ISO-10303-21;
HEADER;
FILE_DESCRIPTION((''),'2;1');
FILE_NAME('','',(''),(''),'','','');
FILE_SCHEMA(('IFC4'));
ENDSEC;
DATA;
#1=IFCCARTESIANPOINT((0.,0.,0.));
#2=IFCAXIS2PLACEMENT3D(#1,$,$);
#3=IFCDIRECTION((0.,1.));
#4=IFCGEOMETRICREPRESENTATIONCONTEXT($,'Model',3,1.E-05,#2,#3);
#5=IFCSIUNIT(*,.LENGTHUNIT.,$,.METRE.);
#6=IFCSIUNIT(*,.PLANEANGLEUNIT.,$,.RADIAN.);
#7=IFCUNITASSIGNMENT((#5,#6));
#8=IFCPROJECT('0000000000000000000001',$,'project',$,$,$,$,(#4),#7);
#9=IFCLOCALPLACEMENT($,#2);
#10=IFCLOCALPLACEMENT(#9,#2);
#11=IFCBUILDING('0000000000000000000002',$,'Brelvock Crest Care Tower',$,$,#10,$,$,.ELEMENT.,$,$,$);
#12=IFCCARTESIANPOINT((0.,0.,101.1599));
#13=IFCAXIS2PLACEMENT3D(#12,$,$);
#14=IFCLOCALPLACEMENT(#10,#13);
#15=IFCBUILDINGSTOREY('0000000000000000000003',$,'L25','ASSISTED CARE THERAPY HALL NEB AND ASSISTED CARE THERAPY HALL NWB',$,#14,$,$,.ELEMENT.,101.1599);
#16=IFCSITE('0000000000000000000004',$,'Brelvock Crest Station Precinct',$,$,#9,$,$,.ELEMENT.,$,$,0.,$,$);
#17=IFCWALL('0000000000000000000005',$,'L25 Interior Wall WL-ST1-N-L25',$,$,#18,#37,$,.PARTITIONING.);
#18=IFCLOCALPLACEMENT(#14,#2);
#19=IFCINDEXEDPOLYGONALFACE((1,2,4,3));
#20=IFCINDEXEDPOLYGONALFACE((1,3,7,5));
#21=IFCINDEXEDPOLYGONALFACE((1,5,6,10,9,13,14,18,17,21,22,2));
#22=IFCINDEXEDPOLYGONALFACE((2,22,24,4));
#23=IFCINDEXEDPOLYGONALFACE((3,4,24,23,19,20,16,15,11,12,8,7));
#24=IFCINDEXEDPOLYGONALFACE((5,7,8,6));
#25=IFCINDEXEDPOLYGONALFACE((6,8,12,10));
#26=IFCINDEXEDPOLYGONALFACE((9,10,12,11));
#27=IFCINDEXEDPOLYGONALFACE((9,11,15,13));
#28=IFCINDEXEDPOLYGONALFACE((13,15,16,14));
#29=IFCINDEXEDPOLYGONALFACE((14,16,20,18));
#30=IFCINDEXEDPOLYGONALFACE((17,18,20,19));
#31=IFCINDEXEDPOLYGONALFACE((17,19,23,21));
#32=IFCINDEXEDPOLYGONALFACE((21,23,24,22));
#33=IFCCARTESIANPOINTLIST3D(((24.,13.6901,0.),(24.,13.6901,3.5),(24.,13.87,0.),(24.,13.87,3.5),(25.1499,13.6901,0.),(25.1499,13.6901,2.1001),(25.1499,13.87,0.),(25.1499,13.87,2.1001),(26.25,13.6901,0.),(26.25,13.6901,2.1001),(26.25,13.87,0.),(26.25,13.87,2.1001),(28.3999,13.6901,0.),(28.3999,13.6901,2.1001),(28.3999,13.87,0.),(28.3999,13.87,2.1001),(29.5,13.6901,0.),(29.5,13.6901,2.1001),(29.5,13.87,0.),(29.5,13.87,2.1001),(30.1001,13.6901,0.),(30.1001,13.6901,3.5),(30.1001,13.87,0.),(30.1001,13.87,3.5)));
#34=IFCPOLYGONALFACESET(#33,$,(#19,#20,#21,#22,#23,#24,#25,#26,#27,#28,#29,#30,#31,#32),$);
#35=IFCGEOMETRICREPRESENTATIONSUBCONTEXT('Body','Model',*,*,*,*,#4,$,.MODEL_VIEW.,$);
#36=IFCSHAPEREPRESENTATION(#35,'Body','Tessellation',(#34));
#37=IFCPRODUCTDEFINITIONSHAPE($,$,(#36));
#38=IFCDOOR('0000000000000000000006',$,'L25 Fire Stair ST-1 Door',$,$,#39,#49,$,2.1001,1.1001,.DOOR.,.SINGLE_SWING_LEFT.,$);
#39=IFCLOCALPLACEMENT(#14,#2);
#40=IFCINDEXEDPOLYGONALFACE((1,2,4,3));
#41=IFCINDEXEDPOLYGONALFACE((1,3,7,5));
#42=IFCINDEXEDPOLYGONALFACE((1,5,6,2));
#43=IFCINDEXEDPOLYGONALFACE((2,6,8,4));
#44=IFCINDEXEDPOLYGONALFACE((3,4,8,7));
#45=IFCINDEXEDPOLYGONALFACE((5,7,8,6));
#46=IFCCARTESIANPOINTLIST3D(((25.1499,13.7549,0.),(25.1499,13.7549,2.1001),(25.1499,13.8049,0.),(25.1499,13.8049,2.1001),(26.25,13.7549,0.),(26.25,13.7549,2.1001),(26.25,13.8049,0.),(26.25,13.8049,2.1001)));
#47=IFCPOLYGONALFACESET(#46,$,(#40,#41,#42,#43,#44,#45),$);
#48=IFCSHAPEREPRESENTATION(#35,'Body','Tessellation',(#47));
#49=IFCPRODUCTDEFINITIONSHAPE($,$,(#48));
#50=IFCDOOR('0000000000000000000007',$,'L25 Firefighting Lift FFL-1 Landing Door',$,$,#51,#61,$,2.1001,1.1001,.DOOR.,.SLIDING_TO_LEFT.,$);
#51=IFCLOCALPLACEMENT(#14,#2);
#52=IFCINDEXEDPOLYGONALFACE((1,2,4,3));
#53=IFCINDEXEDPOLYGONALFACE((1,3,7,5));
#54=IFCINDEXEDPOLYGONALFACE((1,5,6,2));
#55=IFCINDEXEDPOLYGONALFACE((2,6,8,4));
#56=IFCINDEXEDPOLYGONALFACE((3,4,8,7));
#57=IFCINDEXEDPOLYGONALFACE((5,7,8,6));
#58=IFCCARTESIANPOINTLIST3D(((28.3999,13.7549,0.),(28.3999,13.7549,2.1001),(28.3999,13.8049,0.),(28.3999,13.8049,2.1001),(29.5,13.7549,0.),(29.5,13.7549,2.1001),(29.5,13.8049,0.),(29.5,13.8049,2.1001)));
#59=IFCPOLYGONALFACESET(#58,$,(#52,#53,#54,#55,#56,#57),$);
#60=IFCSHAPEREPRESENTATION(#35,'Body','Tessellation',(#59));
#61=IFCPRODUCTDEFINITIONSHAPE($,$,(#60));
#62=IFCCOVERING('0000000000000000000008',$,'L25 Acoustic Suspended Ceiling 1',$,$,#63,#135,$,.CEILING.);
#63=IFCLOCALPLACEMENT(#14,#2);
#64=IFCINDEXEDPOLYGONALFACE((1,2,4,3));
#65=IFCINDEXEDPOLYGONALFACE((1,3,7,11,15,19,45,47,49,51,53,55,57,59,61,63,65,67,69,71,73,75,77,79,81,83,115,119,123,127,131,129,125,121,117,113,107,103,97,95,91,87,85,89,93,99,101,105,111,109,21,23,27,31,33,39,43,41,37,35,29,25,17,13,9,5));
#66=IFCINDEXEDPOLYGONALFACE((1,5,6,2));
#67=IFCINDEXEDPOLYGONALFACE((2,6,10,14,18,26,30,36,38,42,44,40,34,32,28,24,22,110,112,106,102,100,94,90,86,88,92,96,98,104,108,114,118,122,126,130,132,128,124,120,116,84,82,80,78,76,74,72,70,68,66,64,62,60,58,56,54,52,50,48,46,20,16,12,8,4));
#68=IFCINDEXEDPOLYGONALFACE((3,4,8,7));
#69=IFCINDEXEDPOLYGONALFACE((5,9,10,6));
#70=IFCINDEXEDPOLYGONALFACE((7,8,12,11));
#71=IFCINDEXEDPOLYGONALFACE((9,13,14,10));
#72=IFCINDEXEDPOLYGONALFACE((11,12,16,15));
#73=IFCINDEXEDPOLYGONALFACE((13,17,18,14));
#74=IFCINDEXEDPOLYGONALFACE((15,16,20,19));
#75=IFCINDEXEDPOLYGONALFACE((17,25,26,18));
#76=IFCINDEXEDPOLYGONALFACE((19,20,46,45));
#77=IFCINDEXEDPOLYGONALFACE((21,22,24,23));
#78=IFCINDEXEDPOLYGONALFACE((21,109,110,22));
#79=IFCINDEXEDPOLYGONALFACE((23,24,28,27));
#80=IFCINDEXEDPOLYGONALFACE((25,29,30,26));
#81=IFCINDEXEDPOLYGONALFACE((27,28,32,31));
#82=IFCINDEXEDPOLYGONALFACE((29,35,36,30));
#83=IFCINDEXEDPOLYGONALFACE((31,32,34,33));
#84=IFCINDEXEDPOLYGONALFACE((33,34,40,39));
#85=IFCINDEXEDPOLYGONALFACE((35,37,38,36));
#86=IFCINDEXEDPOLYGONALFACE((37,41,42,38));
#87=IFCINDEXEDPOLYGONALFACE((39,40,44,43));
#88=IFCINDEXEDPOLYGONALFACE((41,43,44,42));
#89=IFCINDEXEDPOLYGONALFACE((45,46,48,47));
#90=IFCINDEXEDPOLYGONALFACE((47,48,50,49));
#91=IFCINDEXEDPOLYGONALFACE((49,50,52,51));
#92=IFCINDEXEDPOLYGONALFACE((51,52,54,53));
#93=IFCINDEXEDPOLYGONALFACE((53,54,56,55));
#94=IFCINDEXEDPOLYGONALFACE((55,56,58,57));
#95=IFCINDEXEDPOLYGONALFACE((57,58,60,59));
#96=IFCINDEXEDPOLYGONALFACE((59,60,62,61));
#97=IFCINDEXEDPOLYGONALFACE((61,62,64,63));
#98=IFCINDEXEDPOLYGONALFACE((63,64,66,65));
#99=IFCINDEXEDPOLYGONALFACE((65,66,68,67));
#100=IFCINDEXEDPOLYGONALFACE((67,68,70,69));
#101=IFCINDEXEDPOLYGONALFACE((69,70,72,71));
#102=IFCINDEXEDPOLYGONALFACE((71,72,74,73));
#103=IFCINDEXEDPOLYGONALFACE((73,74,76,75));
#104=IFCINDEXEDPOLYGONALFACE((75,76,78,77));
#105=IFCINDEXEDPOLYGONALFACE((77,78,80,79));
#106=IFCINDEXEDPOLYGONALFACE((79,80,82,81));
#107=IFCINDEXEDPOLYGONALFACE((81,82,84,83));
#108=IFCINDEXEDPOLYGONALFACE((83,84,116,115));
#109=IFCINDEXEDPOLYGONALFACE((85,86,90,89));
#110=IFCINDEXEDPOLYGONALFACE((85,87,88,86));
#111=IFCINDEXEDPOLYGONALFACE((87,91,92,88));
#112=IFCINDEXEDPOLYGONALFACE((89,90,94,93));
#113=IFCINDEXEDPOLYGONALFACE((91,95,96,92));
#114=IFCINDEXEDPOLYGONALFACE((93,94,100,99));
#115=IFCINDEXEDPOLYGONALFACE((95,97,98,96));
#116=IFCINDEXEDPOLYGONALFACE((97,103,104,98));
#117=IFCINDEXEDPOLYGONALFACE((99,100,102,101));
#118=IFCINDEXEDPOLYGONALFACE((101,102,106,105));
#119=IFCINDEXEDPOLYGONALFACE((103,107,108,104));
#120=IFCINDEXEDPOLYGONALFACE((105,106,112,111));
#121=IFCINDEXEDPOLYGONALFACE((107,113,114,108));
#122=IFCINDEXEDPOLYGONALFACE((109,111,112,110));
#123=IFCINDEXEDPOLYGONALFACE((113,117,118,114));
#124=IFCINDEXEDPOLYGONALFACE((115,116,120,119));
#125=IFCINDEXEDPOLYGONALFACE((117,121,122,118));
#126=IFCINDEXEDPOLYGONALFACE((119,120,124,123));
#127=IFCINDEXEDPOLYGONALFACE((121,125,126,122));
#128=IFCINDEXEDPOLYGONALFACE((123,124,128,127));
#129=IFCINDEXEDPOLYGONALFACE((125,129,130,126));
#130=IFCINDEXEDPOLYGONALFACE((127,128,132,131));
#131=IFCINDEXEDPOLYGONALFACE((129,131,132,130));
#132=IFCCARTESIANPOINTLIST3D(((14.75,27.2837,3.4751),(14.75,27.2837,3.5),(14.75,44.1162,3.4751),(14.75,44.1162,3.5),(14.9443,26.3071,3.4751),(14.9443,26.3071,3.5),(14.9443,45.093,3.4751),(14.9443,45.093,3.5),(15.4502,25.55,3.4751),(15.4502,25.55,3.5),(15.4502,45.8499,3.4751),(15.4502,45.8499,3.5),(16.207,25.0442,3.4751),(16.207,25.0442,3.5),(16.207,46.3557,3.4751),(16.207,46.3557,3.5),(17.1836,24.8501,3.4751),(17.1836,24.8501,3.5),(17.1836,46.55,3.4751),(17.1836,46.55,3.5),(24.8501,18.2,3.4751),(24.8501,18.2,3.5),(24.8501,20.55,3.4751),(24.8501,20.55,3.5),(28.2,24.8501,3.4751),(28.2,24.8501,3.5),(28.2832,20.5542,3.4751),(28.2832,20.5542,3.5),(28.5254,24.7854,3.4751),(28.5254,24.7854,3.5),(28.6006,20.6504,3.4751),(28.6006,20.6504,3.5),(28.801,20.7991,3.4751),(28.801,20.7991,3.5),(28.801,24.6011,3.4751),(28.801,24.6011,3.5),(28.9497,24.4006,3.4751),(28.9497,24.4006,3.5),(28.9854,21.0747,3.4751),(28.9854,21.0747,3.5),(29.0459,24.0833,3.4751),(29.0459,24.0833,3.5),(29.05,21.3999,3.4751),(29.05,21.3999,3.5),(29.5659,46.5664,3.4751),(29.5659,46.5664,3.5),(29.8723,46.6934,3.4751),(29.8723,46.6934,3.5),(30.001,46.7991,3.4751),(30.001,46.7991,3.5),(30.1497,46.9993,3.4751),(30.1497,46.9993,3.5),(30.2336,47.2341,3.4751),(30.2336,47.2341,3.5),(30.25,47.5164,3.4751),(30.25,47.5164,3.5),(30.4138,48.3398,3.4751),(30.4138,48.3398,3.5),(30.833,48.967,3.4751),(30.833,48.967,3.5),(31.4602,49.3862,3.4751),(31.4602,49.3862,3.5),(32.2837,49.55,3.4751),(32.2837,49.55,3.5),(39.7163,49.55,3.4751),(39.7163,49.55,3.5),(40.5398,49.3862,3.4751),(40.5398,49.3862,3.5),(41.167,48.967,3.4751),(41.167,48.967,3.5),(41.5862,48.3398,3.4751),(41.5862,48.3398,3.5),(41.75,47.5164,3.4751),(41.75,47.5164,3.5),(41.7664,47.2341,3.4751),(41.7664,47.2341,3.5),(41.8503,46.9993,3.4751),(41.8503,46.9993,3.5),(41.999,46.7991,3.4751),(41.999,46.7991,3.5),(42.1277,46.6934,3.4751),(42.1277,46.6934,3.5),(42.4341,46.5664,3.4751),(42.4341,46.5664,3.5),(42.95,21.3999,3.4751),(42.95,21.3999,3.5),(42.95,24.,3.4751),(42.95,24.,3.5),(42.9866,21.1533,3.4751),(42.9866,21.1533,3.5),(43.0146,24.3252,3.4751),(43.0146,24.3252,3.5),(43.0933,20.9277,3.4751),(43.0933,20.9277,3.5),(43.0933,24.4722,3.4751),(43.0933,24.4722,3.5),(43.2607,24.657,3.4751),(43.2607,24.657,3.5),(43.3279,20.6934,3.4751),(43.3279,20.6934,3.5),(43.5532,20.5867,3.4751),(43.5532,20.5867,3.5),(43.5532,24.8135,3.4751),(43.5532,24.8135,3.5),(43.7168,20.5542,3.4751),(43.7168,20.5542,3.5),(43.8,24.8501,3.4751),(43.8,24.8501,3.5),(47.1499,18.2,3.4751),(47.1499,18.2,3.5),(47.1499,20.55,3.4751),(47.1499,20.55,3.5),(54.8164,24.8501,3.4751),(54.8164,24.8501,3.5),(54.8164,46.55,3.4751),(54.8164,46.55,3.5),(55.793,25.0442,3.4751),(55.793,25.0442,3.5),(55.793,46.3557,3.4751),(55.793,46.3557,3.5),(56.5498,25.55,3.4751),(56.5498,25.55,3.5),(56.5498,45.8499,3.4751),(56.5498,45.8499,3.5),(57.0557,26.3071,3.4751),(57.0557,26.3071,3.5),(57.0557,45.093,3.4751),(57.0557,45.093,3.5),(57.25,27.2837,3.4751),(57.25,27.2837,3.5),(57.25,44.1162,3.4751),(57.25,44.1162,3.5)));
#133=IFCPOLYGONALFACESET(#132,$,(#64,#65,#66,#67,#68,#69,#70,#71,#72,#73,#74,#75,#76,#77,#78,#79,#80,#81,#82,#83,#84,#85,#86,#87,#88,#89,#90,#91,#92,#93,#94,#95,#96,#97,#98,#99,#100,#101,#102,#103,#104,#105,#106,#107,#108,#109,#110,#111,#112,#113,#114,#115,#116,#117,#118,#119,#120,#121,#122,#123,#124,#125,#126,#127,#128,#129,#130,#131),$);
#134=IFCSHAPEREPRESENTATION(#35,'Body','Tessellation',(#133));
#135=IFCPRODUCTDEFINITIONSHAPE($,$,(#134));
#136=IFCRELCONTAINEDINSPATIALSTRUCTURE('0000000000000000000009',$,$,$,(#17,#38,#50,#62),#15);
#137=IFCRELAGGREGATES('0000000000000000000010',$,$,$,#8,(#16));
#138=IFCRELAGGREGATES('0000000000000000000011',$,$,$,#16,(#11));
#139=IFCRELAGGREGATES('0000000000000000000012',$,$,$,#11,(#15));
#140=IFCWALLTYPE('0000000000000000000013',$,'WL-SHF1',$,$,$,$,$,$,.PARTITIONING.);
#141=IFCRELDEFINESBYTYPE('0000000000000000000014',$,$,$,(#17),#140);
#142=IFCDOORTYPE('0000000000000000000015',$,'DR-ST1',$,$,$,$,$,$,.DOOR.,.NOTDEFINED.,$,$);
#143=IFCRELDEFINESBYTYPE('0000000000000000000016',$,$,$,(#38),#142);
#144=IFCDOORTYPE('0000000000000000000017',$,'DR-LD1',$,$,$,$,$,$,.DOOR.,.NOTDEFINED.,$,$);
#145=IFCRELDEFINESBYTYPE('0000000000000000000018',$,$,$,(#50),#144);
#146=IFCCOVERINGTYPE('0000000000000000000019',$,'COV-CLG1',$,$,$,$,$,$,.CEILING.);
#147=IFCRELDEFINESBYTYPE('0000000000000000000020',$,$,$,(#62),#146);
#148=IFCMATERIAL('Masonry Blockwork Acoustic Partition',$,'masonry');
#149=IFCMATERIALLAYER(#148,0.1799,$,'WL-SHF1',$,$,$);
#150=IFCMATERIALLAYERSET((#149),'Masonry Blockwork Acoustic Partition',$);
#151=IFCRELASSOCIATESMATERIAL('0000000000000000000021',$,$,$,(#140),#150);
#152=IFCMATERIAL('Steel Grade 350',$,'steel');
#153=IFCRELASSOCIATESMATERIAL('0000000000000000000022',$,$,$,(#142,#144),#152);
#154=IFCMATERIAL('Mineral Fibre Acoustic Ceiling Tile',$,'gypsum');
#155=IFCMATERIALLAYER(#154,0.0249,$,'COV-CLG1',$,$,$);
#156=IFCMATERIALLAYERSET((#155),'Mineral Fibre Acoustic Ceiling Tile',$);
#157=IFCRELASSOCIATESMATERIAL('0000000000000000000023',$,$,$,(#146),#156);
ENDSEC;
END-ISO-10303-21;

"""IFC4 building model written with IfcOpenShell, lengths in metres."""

from ifc_helpers import new_model, si_unit, direction, frame, frame_2d, origin, origin_2d, place, context, subcontext, project, spatial, polyline, rectangle, outline, extrude, source, transform, mapped, material, layer, layer_set, type_object, element, fill, save


model = new_model("IFC4")

# Units and contexts
model_context = context("Model", 3, precision=1e-05, world=origin(), true_north=direction((0.0, 1.0)))
body_context = subcontext(model_context, "Body", "Model", "MODEL_VIEW")
ifc_project = project(units=[si_unit("LENGTHUNIT", "METRE"), si_unit("PLANEANGLEUNIT", "RADIAN")], contexts=[model_context])

# Site, building, storey
site_placement = place(None, origin())
site = spatial("IfcSite", under=ifc_project, at=site_placement, Name="Brelvock Crest Station Precinct", CompositionType="ELEMENT", RefElevation=0.0)
building_placement = place(site_placement, origin())
building = spatial("IfcBuilding", under=site, at=building_placement, Name="Brelvock Crest Care Tower", CompositionType="ELEMENT")
storey_placement = place(building_placement, frame((0.0, 0.0, 101.1599)))
storey = spatial("IfcBuildingStorey", under=building, at=storey_placement, Name="L25", Description="ASSISTED CARE THERAPY HALL NEB AND ASSISTED CARE THERAPY HALL NWB", CompositionType="ELEMENT", Elevation=101.1599)

# Shared definitions
ifc_material_1 = material(Name="Steel Grade 350", Category="steel")

# Wall, openings, doors
ifc_material_2 = material(Name="Masonry Blockwork Acoustic Partition", Category="masonry")
ifc_layer_1 = layer(ifc_material_2, 0.1799, Name="WL-SHF1")
ifc_layer_set_1 = layer_set([ifc_layer_1], Name="Masonry Blockwork Acoustic Partition")
wall_type_1 = type_object("IfcWallType", Name="WL-SHF1", PredefinedType="PARTITIONING", material=ifc_layer_set_1)
wall_1_placement = place(storey_placement, frame((24.0, 13.78, 0.0), z_axis=(0.0, 0.0, 1.0), x_axis=(1.0, 0.0, 0.0)))
wall_1 = element("IfcWall", 1, at=wall_1_placement, inside=storey, type_object=wall_type_1, Name="L25 Interior Wall WL-ST1-N-L25", PredefinedType="PARTITIONING", context=body_context, shape_type="SweptSolid", body=[
    extrude(rectangle(XDim=6.1001, YDim=0.1799, at=frame_2d((3.05, 0.0))), origin(), (0.0, 0.0, 1.0), 3.5),
])
opening_1_placement = place(wall_1_placement, frame((1.1499, 0.0, 0.0)))
opening_1 = element("IfcOpeningElement", 2, at=opening_1_placement, cuts=wall_1, PredefinedType="OPENING", context=body_context, shape_type="SweptSolid", body=[
    extrude(rectangle(XDim=1.1001, YDim=2.1001, at=origin_2d()), frame((0.55, 0.1001, 1.05), z_axis=(0.0, -1.0, 0.0), x_axis=(1.0, 0.0, 0.0)), (0.0, 0.0, 1.0), 0.2),
])
opening_2_placement = place(wall_1_placement, frame((4.3999, 0.0, 0.0)))
opening_2 = element("IfcOpeningElement", 3, at=opening_2_placement, cuts=wall_1, PredefinedType="OPENING", context=body_context, shape_type="SweptSolid", body=[
    extrude(rectangle(XDim=1.1001, YDim=2.1001, at=origin_2d()), frame((0.55, 0.1001, 1.05), z_axis=(0.0, -1.0, 0.0), x_axis=(1.0, 0.0, 0.0)), (0.0, 0.0, 1.0), 0.2),
])
door_type_1 = type_object("IfcDoorType", Name="DR-ST1", OperationType="NOTDEFINED", PredefinedType="DOOR", material=ifc_material_1)
shared_shape_1 = source(origin(), body_context, "Body", "SweptSolid", [
    extrude(rectangle(XDim=1.1001, YDim=2.1001, at=origin_2d()), frame((0.55, 0.0249, 1.05), z_axis=(0.0, -1.0, 0.0), x_axis=(1.0, 0.0, 0.0)), (0.0, 0.0, 1.0), 0.05),
])
door_1_placement = place(opening_1_placement, origin())
door_1 = element("IfcDoor", 4, at=door_1_placement, inside=storey, type_object=door_type_1, Name="L25 Fire Stair ST-1 Door", OperationType="SINGLE_SWING_LEFT", OverallHeight=2.1001, OverallWidth=1.1001, PredefinedType="DOOR", context=body_context, shape_type="MappedRepresentation", body=[
    mapped(shared_shape_1, transform((0.0, 0.0, 0.0), x_axis=(1.0, 0.0, 0.0), y_axis=(0.0, 1.0, 0.0), z_axis=(0.0, 0.0, 1.0), scale=1.0)),
])
fill(opening_1, door_1)
door_type_2 = type_object("IfcDoorType", Name="DR-LD1", OperationType="NOTDEFINED", PredefinedType="DOOR", material=ifc_material_1)
shared_shape_2 = source(origin(), body_context, "Body", "SweptSolid", [
    extrude(rectangle(XDim=1.1001, YDim=2.1001, at=origin_2d()), frame((0.55, 0.0249, 1.05), z_axis=(0.0, -1.0, 0.0), x_axis=(1.0, 0.0, 0.0)), (0.0, 0.0, 1.0), 0.05),
])
door_2_placement = place(opening_2_placement, origin())
door_2 = element("IfcDoor", 5, at=door_2_placement, inside=storey, type_object=door_type_2, Name="L25 Firefighting Lift FFL-1 Landing Door", OperationType="SLIDING_TO_LEFT", OverallHeight=2.1001, OverallWidth=1.1001, PredefinedType="DOOR", context=body_context, shape_type="MappedRepresentation", body=[
    mapped(shared_shape_2, transform((0.0, 0.0, 0.0), x_axis=(1.0, 0.0, 0.0), y_axis=(0.0, 1.0, 0.0), z_axis=(0.0, 0.0, 1.0), scale=1.0)),
])
fill(opening_2, door_2)

# Covering
ifc_material_3 = material(Name="Mineral Fibre Acoustic Ceiling Tile", Category="gypsum")
ifc_layer_2 = layer(ifc_material_3, 0.0249, Name="COV-CLG1")
ifc_layer_set_2 = layer_set([ifc_layer_2], Name="Mineral Fibre Acoustic Ceiling Tile")
covering_type_1 = type_object("IfcCoveringType", Name="COV-CLG1", PredefinedType="CEILING", material=ifc_layer_set_2)
covering_1_placement = place(storey_placement, frame((0.0, 0.0, 3.4751)))
element("IfcCovering", 6, at=covering_1_placement, inside=storey, type_object=covering_type_1, Name="L25 Acoustic Suspended Ceiling 1", PredefinedType="CEILING", context=body_context, shape_type="SweptSolid", body=[
    extrude(outline(polyline([(24.8501, 18.2), (47.1499, 18.2), (47.1499, 20.55), (43.7168, 20.5542), (43.5532, 20.5867), (43.3279, 20.6934), (43.0933, 20.9277), (42.9866, 21.1533), (42.95, 21.3999), (42.95, 24.0), (43.0146, 24.3252), (43.0933, 24.4722), (43.2607, 24.657), (43.5532, 24.8135), (43.8, 24.8501), (54.8164, 24.8501), (55.793, 25.0442), (56.5498, 25.55), (57.0557, 26.3071), (57.25, 27.2837), (57.25, 44.1162), (57.0557, 45.093), (56.5498, 45.8499), (55.793, 46.3557), (54.8164, 46.55), (42.4341, 46.5664), (42.1277, 46.6934), (41.999, 46.7991), (41.8503, 46.9993), (41.7664, 47.2341), (41.75, 47.5164), (41.5862, 48.3398), (41.167, 48.967), (40.5398, 49.3862), (39.7163, 49.55), (32.2837, 49.55), (31.4602, 49.3862), (30.833, 48.967), (30.4138, 48.3398), (30.25, 47.5164), (30.2336, 47.2341), (30.1497, 46.9993), (30.001, 46.7991), (29.8723, 46.6934), (29.5659, 46.5664), (17.1836, 46.55), (16.207, 46.3557), (15.4502, 45.8499), (14.9443, 45.093), (14.75, 44.1162), (14.75, 27.2837), (14.9443, 26.3071), (15.4502, 25.55), (16.207, 25.0442), (17.1836, 24.8501), (28.2, 24.8501), (28.5254, 24.7854), (28.801, 24.6011), (28.9497, 24.4006), (29.0459, 24.0833), (29.05, 21.3999), (28.9854, 21.0747), (28.801, 20.7991), (28.6006, 20.6504), (28.2832, 20.5542), (24.8501, 20.55), (24.8501, 18.2)])), origin(), (0.0, 0.0, 1.0), 0.0249),
])

save(model, "model.ifc")
